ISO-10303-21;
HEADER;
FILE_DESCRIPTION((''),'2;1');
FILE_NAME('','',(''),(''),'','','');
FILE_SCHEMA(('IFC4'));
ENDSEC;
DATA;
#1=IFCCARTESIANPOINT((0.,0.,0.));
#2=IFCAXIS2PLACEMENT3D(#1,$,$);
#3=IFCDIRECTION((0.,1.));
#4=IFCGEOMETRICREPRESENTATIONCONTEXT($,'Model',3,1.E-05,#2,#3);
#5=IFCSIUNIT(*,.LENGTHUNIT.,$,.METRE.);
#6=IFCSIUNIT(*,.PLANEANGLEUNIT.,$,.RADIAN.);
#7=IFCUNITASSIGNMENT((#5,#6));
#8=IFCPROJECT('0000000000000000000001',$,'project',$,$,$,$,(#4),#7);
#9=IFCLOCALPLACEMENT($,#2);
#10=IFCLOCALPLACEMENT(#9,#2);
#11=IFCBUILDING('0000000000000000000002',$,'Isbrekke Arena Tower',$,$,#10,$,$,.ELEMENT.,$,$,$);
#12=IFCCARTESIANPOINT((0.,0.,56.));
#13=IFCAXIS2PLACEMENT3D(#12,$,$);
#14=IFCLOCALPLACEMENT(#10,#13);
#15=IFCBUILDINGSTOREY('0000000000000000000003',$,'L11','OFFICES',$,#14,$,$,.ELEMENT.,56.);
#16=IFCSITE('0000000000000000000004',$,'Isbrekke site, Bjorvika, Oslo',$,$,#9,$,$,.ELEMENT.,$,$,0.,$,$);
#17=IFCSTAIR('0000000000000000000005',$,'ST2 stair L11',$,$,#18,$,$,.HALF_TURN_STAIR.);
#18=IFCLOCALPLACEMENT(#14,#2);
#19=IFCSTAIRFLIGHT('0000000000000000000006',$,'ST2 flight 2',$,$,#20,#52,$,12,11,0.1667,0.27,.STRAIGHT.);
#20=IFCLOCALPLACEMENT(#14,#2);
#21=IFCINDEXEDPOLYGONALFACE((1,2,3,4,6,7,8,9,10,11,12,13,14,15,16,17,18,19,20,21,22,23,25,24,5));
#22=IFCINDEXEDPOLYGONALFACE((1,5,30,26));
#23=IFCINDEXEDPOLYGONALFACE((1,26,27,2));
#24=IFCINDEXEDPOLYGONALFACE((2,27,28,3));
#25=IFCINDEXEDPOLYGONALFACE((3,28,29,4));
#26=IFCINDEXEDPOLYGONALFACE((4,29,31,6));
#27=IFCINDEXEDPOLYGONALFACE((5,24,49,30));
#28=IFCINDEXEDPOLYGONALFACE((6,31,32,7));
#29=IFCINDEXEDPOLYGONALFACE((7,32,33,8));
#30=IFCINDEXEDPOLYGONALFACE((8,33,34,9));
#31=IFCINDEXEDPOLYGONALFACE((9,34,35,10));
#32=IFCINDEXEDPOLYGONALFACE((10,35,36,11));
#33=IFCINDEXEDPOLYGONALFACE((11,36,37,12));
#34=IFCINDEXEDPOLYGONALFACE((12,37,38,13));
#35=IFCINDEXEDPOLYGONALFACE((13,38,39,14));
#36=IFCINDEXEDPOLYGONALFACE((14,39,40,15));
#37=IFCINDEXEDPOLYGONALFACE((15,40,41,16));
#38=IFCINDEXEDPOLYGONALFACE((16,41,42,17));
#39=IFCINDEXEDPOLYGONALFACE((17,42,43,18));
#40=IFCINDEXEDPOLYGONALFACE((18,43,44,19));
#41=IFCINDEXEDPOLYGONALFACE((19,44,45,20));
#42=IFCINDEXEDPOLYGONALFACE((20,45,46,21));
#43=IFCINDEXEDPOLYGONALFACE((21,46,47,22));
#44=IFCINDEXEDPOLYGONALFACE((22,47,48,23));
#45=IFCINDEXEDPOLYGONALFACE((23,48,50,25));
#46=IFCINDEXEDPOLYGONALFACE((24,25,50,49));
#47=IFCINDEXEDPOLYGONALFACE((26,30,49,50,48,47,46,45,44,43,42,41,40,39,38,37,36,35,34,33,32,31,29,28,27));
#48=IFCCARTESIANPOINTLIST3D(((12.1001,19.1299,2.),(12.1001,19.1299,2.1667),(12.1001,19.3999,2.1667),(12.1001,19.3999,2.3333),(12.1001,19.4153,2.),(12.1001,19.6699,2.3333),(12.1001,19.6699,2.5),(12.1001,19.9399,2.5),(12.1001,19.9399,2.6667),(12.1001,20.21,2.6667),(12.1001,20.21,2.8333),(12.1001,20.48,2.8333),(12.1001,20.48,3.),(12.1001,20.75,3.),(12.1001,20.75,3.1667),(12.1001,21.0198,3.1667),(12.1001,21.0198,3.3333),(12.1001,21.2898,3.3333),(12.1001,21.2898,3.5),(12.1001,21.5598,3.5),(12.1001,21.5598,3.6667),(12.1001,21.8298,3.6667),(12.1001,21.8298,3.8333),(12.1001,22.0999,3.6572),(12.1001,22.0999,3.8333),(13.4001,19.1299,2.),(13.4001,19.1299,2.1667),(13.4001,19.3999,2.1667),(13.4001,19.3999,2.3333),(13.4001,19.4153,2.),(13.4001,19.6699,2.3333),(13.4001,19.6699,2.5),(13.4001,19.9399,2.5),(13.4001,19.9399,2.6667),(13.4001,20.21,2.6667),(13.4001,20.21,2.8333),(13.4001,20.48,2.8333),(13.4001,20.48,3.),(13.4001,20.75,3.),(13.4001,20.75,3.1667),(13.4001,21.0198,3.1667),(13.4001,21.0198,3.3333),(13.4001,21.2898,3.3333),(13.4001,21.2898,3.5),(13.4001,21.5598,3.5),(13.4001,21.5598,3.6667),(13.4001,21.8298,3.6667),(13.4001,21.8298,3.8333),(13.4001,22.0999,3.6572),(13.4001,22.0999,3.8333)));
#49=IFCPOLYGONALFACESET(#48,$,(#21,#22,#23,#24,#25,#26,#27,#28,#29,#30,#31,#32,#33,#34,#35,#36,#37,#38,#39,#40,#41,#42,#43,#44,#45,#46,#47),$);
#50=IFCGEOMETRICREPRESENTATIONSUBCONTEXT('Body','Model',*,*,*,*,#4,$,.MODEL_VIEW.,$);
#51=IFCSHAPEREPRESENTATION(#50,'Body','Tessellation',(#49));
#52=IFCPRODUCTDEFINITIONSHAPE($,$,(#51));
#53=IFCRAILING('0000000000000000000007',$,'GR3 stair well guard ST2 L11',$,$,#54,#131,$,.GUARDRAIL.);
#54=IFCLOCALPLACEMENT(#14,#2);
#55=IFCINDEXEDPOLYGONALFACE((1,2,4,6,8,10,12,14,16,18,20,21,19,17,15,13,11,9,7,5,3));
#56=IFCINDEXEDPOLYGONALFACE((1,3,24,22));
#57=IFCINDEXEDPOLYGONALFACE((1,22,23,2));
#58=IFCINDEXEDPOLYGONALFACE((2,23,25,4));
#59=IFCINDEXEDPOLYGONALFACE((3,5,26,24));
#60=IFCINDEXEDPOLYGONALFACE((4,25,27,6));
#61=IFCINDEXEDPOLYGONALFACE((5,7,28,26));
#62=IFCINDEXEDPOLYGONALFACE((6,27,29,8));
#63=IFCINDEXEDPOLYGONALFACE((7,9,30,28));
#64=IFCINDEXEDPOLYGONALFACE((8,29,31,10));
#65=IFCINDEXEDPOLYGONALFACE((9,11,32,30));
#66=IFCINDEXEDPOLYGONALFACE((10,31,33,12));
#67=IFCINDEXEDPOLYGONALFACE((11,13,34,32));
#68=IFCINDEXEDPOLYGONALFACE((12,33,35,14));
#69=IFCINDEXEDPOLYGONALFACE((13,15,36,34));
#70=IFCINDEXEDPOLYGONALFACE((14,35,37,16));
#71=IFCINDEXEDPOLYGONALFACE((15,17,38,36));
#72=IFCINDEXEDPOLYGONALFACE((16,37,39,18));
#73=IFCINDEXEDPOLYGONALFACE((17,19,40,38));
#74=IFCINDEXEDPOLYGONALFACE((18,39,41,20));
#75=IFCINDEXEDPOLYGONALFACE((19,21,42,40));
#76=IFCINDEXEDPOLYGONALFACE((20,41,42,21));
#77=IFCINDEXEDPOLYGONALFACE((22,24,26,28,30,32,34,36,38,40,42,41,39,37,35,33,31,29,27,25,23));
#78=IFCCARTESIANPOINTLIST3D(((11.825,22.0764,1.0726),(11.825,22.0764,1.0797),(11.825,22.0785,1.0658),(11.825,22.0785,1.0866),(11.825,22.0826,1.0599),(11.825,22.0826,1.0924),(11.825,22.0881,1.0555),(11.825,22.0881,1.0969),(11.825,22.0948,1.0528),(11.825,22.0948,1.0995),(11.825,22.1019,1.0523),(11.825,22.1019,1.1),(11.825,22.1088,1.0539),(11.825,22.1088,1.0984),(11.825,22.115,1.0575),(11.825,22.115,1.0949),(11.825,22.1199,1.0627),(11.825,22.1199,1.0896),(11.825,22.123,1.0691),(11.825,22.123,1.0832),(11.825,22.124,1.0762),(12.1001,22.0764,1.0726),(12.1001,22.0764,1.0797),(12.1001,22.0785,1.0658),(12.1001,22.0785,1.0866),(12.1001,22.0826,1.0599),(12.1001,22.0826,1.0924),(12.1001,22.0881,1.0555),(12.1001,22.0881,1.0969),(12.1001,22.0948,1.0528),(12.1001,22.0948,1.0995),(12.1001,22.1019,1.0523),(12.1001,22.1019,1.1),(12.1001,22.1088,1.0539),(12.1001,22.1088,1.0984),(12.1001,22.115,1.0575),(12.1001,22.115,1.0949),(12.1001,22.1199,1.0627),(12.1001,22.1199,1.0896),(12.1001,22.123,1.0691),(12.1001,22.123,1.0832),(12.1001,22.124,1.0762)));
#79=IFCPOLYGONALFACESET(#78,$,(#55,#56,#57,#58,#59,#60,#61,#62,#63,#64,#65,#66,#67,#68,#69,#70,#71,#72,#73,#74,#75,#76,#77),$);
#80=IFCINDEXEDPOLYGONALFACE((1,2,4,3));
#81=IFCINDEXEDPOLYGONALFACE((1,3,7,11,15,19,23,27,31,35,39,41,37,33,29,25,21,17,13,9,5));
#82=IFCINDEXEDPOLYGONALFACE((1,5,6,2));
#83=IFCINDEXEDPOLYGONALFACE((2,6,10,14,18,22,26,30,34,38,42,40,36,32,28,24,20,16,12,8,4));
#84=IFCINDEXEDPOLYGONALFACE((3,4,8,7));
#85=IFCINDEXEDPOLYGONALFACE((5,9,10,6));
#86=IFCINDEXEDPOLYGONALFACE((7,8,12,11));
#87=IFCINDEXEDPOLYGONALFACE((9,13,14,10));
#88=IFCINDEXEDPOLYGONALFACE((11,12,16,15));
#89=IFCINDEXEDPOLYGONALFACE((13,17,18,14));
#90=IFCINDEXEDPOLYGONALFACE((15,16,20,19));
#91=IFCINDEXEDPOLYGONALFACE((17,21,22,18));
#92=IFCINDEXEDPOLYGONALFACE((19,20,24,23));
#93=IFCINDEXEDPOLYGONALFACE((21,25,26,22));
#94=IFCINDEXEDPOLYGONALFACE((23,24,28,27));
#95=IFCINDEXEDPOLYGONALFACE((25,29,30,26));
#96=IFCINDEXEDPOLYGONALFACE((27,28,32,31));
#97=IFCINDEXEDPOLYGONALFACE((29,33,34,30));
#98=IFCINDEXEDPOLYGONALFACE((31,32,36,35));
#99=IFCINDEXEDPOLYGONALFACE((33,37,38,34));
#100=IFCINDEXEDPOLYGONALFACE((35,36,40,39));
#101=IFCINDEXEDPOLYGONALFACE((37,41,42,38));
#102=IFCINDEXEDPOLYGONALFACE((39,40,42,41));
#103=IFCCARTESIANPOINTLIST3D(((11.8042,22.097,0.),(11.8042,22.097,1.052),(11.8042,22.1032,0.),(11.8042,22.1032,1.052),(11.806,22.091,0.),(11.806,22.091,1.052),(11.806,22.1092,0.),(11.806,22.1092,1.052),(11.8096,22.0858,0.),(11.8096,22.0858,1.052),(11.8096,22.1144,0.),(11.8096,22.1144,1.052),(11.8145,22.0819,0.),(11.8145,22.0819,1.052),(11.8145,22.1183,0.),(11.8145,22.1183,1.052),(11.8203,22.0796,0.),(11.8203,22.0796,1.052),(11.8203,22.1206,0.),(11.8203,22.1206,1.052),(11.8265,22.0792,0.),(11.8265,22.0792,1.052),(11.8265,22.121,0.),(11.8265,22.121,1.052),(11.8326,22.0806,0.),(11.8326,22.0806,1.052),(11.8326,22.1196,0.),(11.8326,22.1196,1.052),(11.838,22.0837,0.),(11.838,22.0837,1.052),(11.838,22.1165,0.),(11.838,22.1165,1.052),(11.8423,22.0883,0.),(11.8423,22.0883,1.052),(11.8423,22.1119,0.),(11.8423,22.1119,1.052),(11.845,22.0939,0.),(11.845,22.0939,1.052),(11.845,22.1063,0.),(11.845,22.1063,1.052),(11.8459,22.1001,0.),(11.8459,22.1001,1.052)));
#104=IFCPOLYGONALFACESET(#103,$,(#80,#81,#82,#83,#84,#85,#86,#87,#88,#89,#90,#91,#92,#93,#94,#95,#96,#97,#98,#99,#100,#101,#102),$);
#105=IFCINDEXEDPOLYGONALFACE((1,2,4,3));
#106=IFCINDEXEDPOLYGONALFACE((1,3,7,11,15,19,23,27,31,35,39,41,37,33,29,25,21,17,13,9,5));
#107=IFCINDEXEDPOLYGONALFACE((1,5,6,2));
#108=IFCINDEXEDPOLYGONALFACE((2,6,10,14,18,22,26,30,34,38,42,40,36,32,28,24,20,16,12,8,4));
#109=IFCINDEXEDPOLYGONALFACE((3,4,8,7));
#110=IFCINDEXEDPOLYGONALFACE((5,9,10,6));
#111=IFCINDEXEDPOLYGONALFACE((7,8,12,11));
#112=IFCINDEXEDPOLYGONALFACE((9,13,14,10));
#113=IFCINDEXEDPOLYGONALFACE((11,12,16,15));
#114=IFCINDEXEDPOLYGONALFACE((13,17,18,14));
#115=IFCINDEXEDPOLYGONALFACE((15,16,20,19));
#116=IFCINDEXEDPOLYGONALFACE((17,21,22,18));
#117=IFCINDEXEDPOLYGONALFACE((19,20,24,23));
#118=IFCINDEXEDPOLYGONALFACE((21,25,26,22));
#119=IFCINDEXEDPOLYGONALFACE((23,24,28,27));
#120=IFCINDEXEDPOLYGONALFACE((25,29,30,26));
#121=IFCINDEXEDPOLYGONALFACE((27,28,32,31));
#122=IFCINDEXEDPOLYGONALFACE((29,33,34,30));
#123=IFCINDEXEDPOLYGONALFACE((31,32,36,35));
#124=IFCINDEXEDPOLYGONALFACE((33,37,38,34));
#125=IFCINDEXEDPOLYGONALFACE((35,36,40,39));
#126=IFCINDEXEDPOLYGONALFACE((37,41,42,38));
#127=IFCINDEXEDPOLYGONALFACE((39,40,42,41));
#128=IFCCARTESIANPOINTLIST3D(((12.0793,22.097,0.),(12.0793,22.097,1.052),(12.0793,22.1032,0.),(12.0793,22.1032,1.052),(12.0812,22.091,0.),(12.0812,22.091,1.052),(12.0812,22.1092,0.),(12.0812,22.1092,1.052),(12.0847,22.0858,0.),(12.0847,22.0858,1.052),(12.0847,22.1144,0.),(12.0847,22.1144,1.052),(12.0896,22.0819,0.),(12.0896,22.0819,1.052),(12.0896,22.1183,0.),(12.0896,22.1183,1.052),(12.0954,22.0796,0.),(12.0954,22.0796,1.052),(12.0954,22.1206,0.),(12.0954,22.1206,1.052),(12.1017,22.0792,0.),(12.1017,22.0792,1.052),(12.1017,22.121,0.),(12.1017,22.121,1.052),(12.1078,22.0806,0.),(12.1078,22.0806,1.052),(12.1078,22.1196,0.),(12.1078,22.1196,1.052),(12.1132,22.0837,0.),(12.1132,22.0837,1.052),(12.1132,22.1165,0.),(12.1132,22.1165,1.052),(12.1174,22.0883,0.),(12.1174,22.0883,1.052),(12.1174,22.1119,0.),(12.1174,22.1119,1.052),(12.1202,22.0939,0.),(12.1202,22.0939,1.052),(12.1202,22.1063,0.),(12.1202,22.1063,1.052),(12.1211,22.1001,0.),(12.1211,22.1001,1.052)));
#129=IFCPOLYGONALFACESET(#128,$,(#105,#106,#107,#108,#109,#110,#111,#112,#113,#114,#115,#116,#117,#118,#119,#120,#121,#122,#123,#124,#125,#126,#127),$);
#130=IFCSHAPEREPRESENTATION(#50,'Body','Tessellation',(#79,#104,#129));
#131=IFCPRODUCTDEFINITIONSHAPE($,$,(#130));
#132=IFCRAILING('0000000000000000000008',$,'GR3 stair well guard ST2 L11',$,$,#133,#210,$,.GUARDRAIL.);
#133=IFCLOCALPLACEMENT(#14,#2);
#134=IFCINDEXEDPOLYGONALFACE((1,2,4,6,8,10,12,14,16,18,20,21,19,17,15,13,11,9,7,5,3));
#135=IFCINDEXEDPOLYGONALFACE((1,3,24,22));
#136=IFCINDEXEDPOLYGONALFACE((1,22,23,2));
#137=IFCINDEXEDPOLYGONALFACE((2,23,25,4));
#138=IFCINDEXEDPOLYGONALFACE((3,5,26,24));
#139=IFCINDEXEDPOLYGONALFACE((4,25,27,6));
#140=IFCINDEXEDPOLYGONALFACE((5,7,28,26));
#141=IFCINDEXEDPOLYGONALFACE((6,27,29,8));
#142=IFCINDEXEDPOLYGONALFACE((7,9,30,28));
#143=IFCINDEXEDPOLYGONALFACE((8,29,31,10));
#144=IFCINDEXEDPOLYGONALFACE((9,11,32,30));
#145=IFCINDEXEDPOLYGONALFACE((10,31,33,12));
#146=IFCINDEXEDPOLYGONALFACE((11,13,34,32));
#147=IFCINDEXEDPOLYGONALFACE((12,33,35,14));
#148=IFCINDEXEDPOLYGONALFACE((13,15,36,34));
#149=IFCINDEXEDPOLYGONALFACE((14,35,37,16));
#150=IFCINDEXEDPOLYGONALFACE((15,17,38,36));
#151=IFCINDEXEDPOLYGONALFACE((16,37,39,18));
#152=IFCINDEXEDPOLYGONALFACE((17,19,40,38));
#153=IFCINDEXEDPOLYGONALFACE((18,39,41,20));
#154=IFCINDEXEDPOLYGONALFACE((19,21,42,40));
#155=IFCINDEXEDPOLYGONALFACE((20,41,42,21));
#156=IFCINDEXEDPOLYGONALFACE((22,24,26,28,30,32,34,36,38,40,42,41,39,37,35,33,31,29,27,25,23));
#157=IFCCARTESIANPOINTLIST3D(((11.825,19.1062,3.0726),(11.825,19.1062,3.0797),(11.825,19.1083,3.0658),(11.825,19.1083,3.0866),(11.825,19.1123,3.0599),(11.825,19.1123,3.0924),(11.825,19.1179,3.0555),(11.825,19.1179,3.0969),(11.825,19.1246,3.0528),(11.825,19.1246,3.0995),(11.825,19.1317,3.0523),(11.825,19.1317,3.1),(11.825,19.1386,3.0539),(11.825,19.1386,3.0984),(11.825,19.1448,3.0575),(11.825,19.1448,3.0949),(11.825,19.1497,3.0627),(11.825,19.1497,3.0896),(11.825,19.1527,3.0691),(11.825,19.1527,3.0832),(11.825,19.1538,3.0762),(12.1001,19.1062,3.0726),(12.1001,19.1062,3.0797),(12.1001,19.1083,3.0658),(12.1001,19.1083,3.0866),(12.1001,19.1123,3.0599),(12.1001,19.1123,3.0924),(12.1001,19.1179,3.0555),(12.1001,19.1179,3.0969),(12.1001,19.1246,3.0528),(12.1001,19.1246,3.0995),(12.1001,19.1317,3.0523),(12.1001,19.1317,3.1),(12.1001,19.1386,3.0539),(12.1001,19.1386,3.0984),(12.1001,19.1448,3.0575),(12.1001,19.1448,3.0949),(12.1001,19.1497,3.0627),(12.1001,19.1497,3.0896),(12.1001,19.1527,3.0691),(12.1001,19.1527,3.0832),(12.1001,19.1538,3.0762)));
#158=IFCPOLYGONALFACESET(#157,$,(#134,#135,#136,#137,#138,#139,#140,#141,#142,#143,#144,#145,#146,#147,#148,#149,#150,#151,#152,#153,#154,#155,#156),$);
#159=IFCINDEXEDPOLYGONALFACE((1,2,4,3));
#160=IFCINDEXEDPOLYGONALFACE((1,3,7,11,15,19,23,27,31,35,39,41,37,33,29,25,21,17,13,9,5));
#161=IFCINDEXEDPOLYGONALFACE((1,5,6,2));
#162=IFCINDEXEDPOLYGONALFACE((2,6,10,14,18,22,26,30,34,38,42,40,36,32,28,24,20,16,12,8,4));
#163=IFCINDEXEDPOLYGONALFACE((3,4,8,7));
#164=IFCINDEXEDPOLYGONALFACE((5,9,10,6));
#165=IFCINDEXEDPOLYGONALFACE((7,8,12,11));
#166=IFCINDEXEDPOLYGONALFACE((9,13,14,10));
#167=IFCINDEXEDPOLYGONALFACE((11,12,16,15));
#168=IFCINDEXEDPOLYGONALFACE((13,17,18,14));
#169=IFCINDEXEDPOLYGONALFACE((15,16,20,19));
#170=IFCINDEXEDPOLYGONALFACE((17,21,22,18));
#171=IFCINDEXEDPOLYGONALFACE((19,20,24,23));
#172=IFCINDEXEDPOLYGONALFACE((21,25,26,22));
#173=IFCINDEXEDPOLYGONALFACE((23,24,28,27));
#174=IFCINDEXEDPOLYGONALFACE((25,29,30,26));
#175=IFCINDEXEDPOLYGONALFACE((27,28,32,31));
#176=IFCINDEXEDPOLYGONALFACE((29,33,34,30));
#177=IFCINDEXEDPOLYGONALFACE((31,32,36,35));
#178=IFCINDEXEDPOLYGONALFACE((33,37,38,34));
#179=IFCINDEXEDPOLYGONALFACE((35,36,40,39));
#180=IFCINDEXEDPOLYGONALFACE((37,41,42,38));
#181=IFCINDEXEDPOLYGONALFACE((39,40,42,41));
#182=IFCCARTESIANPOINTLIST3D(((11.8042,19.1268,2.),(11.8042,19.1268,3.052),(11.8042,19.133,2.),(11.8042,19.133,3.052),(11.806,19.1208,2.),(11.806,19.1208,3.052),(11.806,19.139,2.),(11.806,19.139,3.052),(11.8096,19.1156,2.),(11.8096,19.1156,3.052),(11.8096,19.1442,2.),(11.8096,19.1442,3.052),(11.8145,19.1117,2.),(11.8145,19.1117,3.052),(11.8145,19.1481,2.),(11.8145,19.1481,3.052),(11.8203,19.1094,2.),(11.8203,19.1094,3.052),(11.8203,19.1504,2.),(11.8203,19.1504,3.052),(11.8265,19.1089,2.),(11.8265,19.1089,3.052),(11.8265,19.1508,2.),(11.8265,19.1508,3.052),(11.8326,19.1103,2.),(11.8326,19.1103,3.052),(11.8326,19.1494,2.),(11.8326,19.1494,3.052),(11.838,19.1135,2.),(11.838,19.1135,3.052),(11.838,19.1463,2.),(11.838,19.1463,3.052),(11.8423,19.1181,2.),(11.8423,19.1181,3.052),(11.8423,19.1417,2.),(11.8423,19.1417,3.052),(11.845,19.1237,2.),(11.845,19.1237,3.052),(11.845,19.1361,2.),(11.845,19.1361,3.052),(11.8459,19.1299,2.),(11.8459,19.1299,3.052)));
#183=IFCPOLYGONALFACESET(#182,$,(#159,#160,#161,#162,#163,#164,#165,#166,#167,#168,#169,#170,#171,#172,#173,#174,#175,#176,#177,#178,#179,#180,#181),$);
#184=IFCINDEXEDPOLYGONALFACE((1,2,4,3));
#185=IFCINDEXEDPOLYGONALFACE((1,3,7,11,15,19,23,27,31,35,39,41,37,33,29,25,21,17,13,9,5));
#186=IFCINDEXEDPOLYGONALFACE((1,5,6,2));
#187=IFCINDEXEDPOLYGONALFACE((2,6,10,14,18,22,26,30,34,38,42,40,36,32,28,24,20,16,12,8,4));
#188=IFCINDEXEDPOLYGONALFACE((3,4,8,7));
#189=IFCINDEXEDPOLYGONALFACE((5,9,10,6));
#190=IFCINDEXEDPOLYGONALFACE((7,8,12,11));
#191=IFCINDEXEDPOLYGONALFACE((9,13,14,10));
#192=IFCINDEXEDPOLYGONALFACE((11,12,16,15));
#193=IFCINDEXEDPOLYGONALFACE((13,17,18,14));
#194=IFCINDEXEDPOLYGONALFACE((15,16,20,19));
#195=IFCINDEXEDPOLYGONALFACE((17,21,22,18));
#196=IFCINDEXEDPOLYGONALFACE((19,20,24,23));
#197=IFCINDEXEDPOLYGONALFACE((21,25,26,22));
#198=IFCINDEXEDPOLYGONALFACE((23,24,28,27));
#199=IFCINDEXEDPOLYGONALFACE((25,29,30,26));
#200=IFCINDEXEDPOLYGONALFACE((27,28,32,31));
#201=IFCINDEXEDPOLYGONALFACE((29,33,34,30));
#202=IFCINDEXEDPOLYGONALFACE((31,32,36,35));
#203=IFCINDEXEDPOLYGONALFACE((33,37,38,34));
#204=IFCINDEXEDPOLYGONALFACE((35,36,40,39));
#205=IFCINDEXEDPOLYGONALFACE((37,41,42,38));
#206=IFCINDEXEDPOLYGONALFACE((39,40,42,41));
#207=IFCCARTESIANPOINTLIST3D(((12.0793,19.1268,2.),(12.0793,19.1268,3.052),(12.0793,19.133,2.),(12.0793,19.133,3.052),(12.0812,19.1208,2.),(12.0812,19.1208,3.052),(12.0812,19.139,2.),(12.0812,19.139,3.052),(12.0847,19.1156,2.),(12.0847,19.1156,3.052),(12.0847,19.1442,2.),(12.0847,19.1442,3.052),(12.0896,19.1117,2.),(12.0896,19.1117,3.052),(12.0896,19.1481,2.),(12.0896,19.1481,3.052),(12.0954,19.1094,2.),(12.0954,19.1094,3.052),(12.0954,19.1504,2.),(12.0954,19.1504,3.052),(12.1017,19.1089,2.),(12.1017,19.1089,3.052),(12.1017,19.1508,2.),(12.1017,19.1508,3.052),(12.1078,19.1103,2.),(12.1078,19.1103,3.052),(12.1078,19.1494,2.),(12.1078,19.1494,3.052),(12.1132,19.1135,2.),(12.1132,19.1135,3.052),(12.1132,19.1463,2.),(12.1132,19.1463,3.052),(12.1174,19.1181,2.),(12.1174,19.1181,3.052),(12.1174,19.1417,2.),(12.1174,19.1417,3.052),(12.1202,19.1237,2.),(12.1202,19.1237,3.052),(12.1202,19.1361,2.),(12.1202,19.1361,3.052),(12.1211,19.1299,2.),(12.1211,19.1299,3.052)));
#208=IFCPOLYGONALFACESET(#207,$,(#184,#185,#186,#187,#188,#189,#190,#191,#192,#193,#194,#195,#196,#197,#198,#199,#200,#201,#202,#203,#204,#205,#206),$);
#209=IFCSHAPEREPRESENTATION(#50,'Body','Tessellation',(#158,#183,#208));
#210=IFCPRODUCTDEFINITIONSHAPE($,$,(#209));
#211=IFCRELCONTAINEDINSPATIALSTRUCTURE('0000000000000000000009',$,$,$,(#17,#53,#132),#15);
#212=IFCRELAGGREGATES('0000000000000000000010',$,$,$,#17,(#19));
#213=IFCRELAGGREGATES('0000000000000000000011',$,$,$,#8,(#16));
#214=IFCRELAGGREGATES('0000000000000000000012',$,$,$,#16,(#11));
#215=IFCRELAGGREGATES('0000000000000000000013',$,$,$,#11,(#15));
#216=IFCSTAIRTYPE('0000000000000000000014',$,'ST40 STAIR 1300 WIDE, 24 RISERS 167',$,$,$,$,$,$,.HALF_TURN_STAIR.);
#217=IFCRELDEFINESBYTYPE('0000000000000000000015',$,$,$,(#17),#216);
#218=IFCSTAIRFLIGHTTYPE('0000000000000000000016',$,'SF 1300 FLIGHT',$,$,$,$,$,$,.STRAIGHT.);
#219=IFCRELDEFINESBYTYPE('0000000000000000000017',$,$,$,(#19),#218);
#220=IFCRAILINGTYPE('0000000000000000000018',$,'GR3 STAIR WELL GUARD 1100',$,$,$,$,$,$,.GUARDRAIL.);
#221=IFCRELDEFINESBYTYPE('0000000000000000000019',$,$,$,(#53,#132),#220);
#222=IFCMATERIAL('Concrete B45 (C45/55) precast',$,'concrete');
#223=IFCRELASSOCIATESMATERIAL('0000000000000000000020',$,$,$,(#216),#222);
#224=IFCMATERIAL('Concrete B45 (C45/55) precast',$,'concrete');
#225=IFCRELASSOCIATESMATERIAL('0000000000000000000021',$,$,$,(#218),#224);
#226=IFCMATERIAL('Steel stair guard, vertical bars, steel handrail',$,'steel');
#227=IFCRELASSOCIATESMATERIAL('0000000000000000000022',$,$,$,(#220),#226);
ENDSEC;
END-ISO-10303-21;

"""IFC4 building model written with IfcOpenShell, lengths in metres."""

from ifc_helpers import new_model, si_unit, direction, frame, origin, origin_2d, place, context, subcontext, project, spatial, polyline, circle, outline, extrude, material, type_object, element, aggregate, save


model = new_model("IFC4")

# Units and contexts
model_context = context("Model", 3, precision=1e-05, world=origin(), true_north=direction((0.0, 1.0)))
body_context = subcontext(model_context, "Body", "Model", "MODEL_VIEW")
ifc_project = project(units=[si_unit("LENGTHUNIT", "METRE"), si_unit("PLANEANGLEUNIT", "RADIAN")], contexts=[model_context])

# Site, building, storey
site_placement = place(None, origin())
site = spatial("IfcSite", under=ifc_project, at=site_placement, Name="Isbrekke site, Bjorvika, Oslo", CompositionType="ELEMENT", RefElevation=0.0)
building_placement = place(site_placement, origin())
building = spatial("IfcBuilding", under=site, at=building_placement, Name="Isbrekke Arena Tower", CompositionType="ELEMENT")
storey_placement = place(building_placement, frame((0.0, 0.0, 56.0)))
storey = spatial("IfcBuildingStorey", under=building, at=storey_placement, Name="L11", Description="OFFICES", CompositionType="ELEMENT", Elevation=56.0)

# Stair, stair flight
ifc_material_1 = material(Name="Concrete B45 (C45/55) precast", Category="concrete")
stair_type = type_object("IfcStairType", Name="ST40 STAIR 1300 WIDE, 24 RISERS 167", PredefinedType="HALF_TURN_STAIR", material=ifc_material_1)
stair_placement = place(storey_placement, origin())
stair = element("IfcStair", 1, at=stair_placement, inside=storey, type_object=stair_type, Name="ST2 stair L11", PredefinedType="HALF_TURN_STAIR")
ifc_material_2 = material(Name="Concrete B45 (C45/55) precast", Category="concrete")
stair_flight_type = type_object("IfcStairFlightType", Name="SF 1300 FLIGHT", PredefinedType="STRAIGHT", material=ifc_material_2)
stair_flight_1_placement = place(storey_placement, frame((12.75, 19.1299, 2.0), z_axis=(0.0, 0.0, 1.0), x_axis=(0.0, 1.0, 0.0)))
stair_flight_1 = element("IfcStairFlight", 2, at=stair_flight_1_placement, type_object=stair_flight_type, Name="ST2 flight 2", NumberOfRisers=12, NumberOfTreads=11, PredefinedType="STRAIGHT", RiserHeight=0.1667, TreadLength=0.27, context=body_context, shape_type="SweptSolid", body=[
    extrude(outline(polyline([(0.0, 0.0), (0.0, 0.1667), (0.27, 0.1667), (0.27, 0.3333), (0.54, 0.3333), (0.54, 0.5), (0.8101, 0.5), (0.8101, 0.6667), (1.0801, 0.6667), (1.0801, 0.8333), (1.3501, 0.8333), (1.3501, 1.0), (1.6201, 1.0), (1.6201, 1.1667), (1.8899, 1.1667), (1.8899, 1.3333), (2.1599, 1.3333), (2.1599, 1.5), (2.4299, 1.5), (2.4299, 1.6667), (2.7, 1.6667), (2.7, 1.8333), (2.97, 1.8333), (2.97, 2.0), (2.97, 1.6572), (0.2854, 0.0), (0.0, 0.0)])), frame((0.0, 0.6499, 0.0), z_axis=(0.0, -1.0, 0.0), x_axis=(1.0, 0.0, 0.0)), (0.0, 0.0, 1.0), 1.3),
])
aggregate(stair, [stair_flight_1])

# Railings
ifc_material_3 = material(Name="Steel stair guard, vertical bars, steel handrail", Category="steel")
railing_type = type_object("IfcRailingType", Name="GR3 STAIR WELL GUARD 1100", PredefinedType="GUARDRAIL", material=ifc_material_3)
for number, where, name in (
    (3, (11.825, 22.1001, 0.0), "GR3 stair well guard ST2 L11"),
    (4, (11.825, 19.1299, 2.0), "GR3 stair well guard ST2 L11"),
):
    element("IfcRailing", number, at=place(storey_placement, frame(where)), inside=storey, type_object=railing_type, Name=name, PredefinedType="GUARDRAIL", context=body_context, shape_type="SweptSolid", body=[
        extrude(circle(Radius=0.0239, at=origin_2d()), frame((0.0, 0.0, 1.0762), z_axis=(1.0, 0.0, 0.0), x_axis=(0.0, 1.0, 0.0)), (0.0, 0.0, 1.0), 0.2751),
        extrude(circle(Radius=0.021, at=origin_2d()), origin(), (0.0, 0.0, 1.0), 1.052),
        extrude(circle(Radius=0.021, at=origin_2d()), frame((0.2751, 0.0, 0.0)), (0.0, 0.0, 1.0), 1.052),
    ])

save(model, "model.ifc")
